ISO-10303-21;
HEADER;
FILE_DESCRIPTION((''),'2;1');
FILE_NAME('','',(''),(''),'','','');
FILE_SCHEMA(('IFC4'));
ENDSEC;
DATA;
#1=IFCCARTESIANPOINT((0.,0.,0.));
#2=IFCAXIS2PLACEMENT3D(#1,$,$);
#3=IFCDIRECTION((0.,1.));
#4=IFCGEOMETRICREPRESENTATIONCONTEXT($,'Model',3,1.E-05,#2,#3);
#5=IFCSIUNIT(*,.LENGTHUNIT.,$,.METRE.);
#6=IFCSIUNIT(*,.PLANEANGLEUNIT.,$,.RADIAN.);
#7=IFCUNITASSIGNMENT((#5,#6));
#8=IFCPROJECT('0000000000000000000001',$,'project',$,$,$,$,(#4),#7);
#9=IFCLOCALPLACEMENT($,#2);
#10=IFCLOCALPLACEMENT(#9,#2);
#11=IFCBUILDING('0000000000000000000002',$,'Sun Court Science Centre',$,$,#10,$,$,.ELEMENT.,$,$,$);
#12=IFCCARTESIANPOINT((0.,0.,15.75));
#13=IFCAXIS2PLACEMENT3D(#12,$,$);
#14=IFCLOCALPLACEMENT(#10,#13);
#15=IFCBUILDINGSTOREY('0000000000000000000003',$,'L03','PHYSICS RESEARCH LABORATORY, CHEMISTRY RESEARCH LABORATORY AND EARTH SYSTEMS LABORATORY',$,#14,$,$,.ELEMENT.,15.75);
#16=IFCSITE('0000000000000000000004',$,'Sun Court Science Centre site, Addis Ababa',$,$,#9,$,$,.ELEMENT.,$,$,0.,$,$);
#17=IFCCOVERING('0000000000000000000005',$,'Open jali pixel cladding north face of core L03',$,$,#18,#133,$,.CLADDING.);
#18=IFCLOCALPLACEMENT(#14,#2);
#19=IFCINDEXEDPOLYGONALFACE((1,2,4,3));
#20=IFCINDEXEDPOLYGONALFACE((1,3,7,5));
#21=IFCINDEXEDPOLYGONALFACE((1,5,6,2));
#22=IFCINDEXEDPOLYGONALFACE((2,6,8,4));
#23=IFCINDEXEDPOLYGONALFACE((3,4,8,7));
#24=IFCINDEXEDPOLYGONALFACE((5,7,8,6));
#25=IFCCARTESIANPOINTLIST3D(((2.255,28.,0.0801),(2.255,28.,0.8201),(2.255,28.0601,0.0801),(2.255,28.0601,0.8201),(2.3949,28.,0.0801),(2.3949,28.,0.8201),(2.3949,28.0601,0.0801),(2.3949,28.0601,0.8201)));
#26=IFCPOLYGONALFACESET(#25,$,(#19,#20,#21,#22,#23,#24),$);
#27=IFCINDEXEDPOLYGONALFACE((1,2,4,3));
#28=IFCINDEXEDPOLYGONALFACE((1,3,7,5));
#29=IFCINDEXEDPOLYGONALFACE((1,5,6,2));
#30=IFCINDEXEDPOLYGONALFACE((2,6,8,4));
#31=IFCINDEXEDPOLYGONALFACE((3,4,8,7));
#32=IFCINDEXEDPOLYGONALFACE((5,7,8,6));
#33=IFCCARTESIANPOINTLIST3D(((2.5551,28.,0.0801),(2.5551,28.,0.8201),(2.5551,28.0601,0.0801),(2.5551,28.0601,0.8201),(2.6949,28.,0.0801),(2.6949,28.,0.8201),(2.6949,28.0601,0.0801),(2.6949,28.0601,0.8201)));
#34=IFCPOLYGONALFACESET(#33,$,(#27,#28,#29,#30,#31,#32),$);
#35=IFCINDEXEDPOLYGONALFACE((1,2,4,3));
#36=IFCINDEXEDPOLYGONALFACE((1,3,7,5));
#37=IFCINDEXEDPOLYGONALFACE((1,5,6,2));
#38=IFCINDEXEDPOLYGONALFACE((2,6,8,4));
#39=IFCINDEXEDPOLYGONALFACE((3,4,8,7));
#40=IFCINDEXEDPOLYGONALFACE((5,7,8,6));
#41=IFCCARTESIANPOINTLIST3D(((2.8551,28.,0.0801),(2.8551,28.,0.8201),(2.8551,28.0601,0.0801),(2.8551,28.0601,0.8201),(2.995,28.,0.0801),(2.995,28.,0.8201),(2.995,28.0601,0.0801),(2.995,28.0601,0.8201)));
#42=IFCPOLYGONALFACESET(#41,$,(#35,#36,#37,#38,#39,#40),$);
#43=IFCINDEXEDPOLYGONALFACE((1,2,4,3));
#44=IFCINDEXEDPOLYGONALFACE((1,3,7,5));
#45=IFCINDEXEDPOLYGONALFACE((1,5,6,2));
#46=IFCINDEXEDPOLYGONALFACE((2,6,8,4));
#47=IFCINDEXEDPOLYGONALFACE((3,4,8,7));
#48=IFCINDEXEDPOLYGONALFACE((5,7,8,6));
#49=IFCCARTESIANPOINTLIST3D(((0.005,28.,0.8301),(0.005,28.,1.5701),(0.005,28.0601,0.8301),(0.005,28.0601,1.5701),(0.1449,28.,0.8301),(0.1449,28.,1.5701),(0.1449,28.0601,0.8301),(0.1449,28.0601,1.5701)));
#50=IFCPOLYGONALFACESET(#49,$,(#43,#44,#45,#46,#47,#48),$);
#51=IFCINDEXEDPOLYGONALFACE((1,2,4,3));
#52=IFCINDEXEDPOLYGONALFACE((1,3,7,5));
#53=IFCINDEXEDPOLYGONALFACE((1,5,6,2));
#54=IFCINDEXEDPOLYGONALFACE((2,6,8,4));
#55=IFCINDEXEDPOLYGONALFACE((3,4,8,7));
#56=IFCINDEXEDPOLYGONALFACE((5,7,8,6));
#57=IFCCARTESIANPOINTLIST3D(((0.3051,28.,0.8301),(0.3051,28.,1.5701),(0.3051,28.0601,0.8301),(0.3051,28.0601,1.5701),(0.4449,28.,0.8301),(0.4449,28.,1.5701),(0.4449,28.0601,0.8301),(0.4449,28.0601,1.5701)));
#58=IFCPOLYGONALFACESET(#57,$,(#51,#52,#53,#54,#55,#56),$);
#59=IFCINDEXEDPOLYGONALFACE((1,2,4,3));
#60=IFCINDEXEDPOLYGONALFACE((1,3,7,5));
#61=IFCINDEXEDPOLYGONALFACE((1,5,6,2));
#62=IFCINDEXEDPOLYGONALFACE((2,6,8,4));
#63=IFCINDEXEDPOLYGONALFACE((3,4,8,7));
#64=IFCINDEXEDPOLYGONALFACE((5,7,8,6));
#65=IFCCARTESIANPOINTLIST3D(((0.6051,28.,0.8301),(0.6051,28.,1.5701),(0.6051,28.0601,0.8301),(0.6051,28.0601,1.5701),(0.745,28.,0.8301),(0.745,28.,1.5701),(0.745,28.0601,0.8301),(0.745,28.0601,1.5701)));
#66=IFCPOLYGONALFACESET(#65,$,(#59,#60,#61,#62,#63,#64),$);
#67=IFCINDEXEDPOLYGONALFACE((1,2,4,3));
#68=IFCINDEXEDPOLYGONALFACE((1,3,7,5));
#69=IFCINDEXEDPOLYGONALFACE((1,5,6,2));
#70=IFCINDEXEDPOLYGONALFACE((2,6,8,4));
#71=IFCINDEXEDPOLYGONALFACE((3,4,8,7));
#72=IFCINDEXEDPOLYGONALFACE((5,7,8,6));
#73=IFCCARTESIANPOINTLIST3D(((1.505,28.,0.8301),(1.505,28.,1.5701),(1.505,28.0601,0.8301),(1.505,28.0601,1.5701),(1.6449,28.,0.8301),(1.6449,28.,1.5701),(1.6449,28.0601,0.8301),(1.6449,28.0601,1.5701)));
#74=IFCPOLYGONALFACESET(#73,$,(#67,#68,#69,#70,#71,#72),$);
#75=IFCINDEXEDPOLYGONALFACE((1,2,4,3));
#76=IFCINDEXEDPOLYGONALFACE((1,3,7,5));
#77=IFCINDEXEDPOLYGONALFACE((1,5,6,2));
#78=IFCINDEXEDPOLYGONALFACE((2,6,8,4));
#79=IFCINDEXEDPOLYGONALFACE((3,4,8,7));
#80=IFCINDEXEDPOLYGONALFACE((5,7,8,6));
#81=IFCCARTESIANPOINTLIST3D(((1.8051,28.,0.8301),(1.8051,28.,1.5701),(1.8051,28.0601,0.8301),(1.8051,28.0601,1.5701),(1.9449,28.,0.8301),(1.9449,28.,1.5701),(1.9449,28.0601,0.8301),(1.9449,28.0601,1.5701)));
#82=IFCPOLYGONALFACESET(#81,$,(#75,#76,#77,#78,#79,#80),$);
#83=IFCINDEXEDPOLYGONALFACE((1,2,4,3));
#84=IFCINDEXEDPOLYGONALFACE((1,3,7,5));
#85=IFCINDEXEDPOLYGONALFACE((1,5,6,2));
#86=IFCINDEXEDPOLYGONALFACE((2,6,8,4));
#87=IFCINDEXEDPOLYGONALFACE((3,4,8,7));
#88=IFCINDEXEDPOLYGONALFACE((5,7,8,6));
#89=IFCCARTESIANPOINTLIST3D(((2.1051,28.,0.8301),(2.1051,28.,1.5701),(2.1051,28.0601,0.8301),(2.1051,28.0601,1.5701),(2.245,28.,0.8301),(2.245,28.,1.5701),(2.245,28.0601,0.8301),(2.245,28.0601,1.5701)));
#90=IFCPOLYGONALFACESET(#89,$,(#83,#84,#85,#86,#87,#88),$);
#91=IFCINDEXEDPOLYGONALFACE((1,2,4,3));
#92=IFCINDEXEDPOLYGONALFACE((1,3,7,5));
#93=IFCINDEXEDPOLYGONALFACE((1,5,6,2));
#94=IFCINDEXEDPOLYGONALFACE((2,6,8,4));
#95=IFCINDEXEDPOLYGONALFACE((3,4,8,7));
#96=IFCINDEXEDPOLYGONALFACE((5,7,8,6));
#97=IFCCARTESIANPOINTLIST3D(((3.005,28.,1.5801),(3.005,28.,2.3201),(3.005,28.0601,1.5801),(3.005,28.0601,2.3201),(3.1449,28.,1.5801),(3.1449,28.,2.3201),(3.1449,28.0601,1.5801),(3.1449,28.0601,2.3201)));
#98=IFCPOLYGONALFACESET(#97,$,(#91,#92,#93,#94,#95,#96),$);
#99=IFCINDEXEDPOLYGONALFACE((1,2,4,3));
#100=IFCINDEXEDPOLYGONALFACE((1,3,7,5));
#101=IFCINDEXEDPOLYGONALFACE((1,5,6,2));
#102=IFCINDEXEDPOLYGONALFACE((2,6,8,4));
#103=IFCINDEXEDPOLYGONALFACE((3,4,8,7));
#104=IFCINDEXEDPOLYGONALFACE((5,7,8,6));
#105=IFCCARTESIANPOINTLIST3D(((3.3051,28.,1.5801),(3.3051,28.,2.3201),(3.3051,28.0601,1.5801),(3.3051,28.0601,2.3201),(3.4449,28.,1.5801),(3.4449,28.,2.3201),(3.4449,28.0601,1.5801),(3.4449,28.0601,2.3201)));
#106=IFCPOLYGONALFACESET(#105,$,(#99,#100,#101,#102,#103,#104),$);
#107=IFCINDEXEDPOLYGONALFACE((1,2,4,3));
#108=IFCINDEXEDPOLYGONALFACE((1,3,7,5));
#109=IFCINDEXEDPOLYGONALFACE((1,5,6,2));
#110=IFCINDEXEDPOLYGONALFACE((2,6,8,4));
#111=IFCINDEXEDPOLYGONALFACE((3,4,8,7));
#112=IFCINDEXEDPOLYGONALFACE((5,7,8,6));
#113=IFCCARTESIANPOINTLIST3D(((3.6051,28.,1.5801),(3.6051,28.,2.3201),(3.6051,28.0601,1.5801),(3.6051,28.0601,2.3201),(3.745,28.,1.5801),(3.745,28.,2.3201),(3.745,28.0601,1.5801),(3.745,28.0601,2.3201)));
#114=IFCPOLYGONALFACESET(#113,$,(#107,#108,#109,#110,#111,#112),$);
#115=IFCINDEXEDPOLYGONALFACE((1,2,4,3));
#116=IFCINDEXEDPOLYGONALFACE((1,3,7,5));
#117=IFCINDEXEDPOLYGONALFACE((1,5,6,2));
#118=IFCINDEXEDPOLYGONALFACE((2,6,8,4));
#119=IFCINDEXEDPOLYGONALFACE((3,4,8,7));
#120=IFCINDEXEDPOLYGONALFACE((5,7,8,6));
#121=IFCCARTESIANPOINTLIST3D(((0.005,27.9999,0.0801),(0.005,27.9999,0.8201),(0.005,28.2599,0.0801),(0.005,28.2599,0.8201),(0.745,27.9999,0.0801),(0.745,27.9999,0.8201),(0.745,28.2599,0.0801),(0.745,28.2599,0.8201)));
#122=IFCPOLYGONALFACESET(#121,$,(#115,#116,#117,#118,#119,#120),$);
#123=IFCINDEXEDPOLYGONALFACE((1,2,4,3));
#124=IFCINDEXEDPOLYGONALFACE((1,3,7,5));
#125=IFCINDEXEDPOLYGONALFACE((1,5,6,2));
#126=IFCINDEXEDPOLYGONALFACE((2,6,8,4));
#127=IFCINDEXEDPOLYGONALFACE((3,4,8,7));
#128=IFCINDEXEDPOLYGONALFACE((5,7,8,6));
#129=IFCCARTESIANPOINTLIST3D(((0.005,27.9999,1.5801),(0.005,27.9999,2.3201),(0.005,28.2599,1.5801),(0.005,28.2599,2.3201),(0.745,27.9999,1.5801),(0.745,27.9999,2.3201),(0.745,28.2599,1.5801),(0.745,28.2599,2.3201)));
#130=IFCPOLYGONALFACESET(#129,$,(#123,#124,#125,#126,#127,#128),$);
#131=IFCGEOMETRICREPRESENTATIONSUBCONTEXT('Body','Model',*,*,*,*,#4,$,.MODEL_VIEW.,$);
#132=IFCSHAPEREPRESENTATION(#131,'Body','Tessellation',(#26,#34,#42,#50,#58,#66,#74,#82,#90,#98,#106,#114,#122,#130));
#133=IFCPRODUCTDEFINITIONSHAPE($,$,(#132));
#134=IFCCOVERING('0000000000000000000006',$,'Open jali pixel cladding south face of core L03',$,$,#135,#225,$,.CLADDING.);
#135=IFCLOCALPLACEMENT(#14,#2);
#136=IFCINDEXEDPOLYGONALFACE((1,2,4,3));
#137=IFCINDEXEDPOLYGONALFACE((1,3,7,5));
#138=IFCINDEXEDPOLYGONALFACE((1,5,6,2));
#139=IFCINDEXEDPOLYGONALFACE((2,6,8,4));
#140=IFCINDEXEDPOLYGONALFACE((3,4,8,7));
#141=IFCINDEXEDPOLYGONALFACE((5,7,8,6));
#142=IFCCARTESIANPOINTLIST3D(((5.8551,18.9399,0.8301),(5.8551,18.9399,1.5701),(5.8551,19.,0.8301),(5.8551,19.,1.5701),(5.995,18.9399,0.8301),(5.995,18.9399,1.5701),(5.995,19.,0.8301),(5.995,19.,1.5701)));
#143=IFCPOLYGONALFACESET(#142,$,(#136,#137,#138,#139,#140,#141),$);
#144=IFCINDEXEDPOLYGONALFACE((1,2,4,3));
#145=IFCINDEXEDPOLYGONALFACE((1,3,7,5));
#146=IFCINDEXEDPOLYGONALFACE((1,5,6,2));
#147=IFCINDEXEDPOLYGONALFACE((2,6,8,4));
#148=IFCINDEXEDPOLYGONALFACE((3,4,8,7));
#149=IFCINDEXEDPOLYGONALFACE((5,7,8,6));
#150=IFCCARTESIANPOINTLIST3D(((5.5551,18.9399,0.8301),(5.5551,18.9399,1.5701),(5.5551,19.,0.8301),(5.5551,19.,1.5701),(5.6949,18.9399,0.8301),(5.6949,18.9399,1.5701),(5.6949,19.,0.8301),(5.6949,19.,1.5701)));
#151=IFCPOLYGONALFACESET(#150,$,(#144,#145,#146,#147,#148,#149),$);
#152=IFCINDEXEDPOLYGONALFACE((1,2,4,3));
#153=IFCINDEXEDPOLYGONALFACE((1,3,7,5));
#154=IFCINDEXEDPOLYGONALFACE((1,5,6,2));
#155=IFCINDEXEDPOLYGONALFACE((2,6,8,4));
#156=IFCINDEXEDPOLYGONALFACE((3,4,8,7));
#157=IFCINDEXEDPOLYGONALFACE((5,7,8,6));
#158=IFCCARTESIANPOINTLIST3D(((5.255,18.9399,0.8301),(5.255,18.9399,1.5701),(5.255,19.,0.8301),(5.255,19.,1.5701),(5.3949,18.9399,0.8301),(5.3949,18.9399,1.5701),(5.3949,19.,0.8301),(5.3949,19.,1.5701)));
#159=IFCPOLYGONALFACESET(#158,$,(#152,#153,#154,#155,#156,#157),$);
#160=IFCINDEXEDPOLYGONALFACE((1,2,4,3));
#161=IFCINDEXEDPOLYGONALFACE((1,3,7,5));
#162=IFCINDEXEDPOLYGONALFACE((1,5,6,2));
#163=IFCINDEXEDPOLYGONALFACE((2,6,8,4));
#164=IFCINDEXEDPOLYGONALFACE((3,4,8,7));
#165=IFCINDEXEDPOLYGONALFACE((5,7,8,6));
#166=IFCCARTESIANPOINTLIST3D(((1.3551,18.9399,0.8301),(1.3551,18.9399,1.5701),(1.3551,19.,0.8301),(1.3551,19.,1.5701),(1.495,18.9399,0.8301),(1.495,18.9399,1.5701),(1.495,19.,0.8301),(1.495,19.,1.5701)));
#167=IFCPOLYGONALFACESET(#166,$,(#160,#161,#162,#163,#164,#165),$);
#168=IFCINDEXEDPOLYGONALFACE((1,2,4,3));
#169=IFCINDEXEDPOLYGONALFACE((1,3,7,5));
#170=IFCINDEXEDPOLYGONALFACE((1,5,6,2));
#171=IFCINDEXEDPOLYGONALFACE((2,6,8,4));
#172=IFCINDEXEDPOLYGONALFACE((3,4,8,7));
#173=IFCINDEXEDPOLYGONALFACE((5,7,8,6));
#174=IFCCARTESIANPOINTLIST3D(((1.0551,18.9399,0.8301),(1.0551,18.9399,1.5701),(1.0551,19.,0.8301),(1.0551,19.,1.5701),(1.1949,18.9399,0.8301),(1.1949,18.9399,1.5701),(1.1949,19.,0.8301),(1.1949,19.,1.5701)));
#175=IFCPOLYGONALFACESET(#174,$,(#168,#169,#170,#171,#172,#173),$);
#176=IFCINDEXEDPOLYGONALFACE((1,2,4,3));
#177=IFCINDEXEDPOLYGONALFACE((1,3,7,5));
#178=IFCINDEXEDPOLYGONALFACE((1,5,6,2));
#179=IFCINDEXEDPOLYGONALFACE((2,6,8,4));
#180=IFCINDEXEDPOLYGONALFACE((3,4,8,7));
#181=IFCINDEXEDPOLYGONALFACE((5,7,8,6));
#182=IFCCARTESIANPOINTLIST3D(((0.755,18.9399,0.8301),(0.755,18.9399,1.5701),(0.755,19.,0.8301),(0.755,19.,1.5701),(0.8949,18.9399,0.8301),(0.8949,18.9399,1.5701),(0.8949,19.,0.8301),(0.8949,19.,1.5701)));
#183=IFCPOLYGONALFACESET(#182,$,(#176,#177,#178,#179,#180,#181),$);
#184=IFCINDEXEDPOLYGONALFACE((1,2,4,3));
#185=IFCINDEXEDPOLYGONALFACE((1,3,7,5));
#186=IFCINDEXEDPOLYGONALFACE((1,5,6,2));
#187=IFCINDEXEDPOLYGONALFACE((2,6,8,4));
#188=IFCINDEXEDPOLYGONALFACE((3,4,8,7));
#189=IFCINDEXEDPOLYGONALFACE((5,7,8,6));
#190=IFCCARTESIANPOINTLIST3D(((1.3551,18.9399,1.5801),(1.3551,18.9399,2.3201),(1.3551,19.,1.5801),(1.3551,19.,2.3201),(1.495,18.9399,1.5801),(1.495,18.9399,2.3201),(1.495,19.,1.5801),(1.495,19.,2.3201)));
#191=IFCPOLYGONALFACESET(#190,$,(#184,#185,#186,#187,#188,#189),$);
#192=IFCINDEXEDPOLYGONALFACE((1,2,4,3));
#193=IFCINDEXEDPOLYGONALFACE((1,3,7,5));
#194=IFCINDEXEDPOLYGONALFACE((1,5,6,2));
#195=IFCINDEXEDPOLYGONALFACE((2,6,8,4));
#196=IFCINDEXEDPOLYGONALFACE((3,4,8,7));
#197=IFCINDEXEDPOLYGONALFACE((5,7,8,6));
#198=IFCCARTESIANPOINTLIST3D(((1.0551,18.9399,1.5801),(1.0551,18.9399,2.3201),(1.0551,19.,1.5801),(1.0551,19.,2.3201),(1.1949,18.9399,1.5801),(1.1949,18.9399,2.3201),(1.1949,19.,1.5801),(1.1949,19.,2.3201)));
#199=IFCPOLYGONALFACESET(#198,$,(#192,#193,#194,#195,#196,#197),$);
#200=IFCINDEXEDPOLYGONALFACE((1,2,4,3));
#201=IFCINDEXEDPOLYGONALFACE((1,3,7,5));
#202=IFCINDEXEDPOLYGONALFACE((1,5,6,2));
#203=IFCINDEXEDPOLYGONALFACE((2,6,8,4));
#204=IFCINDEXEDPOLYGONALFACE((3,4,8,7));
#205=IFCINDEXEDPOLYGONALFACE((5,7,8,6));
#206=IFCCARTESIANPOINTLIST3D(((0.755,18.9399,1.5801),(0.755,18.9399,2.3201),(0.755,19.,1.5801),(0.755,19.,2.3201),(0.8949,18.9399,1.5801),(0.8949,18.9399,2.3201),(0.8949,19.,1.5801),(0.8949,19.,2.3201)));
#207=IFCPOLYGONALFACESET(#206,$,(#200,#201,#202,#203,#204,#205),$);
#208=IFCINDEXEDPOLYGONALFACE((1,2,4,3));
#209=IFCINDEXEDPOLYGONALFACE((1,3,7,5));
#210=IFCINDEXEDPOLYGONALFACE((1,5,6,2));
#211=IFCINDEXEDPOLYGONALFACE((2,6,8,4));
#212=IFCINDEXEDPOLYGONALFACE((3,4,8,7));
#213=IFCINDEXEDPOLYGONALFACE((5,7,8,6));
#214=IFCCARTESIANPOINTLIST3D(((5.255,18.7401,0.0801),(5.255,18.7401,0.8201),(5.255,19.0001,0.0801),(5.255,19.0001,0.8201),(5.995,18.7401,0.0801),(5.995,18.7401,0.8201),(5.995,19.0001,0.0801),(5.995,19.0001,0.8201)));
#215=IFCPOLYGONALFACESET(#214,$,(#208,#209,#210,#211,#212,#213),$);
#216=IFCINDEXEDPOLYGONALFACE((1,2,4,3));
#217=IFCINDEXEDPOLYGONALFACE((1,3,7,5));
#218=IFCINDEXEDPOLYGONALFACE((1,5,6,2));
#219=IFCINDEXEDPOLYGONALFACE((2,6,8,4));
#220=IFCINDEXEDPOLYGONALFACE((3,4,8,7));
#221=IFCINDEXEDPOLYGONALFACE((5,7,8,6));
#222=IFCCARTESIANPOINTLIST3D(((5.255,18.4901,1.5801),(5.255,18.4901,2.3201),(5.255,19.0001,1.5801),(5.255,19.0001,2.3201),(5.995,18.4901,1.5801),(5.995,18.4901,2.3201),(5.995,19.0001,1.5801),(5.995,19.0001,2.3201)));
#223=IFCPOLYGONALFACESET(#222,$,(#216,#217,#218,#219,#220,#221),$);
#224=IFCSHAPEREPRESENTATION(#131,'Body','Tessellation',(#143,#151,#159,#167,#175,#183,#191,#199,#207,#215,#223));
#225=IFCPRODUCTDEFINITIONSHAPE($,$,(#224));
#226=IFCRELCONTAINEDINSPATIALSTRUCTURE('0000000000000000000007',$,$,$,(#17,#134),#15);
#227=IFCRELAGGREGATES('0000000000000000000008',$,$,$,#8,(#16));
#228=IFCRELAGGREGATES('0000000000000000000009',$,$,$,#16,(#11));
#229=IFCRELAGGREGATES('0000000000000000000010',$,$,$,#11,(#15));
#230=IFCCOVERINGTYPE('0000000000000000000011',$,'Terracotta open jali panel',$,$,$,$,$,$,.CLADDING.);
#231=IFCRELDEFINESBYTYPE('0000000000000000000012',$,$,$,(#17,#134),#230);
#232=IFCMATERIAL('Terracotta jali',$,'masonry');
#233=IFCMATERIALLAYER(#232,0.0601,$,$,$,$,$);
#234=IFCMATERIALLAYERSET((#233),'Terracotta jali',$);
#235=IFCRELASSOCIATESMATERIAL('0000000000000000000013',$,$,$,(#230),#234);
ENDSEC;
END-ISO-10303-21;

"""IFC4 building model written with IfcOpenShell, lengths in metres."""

from ifc_helpers import new_model, si_unit, direction, frame, origin, origin_2d, place, context, subcontext, project, spatial, rectangle, extrude, material, layer, layer_set, type_object, element, save


model = new_model("IFC4")

# Units and contexts
model_context = context("Model", 3, precision=1e-05, world=origin(), true_north=direction((0.0, 1.0)))
body_context = subcontext(model_context, "Body", "Model", "MODEL_VIEW")
ifc_project = project(units=[si_unit("LENGTHUNIT", "METRE"), si_unit("PLANEANGLEUNIT", "RADIAN")], contexts=[model_context])

# Site, building, storey
site_placement = place(None, origin())
site = spatial("IfcSite", under=ifc_project, at=site_placement, Name="Sun Court Science Centre site, Addis Ababa", CompositionType="ELEMENT", RefElevation=0.0)
building_placement = place(site_placement, origin())
building = spatial("IfcBuilding", under=site, at=building_placement, Name="Sun Court Science Centre", CompositionType="ELEMENT")
storey_placement = place(building_placement, frame((0.0, 0.0, 15.75)))
storey = spatial("IfcBuildingStorey", under=building, at=storey_placement, Name="L03", Description="PHYSICS RESEARCH LABORATORY, CHEMISTRY RESEARCH LABORATORY AND EARTH SYSTEMS LABORATORY", CompositionType="ELEMENT", Elevation=15.75)

# Coverings
ifc_material_1 = material(Name="Terracotta jali", Category="masonry")
ifc_layer_1 = layer(ifc_material_1, 0.0601)
ifc_layer_set_1 = layer_set([ifc_layer_1], Name="Terracotta jali")
covering_type_1 = type_object("IfcCoveringType", Name="Terracotta open jali panel", PredefinedType="CLADDING", material=ifc_layer_set_1)
covering_1_placement = place(storey_placement, frame((0.0, 0.0, -15.75)))
element("IfcCovering", 1, at=covering_1_placement, inside=storey, type_object=covering_type_1, Name="Open jali pixel cladding north face of core L03", PredefinedType="CLADDING", context=body_context, shape_type="SweptSolid", body=[
    extrude(rectangle(XDim=0.1399, YDim=0.0601, at=origin_2d()), frame((2.325, 28.03, 15.8301), z_axis=(0.0, 0.0, 1.0), x_axis=(1.0, 0.0, 0.0)), (0.0, 0.0, 1.0), 0.74),
    extrude(rectangle(XDim=0.1399, YDim=0.0601, at=origin_2d()), frame((2.625, 28.03, 15.8301), z_axis=(0.0, 0.0, 1.0), x_axis=(1.0, 0.0, 0.0)), (0.0, 0.0, 1.0), 0.74),
    extrude(rectangle(XDim=0.1399, YDim=0.0601, at=origin_2d()), frame((2.925, 28.03, 15.8301), z_axis=(0.0, 0.0, 1.0), x_axis=(1.0, 0.0, 0.0)), (0.0, 0.0, 1.0), 0.74),
    extrude(rectangle(XDim=0.1399, YDim=0.0601, at=origin_2d()), frame((0.075, 28.03, 16.5801), z_axis=(0.0, 0.0, 1.0), x_axis=(1.0, 0.0, 0.0)), (0.0, 0.0, 1.0), 0.74),
    extrude(rectangle(XDim=0.1399, YDim=0.0601, at=origin_2d()), frame((0.375, 28.03, 16.5801), z_axis=(0.0, 0.0, 1.0), x_axis=(1.0, 0.0, 0.0)), (0.0, 0.0, 1.0), 0.74),
    extrude(rectangle(XDim=0.1399, YDim=0.0601, at=origin_2d()), frame((0.675, 28.03, 16.5801), z_axis=(0.0, 0.0, 1.0), x_axis=(1.0, 0.0, 0.0)), (0.0, 0.0, 1.0), 0.74),
    extrude(rectangle(XDim=0.1399, YDim=0.0601, at=origin_2d()), frame((1.575, 28.03, 16.5801), z_axis=(0.0, 0.0, 1.0), x_axis=(1.0, 0.0, 0.0)), (0.0, 0.0, 1.0), 0.74),
    extrude(rectangle(XDim=0.1399, YDim=0.0601, at=origin_2d()), frame((1.875, 28.03, 16.5801), z_axis=(0.0, 0.0, 1.0), x_axis=(1.0, 0.0, 0.0)), (0.0, 0.0, 1.0), 0.74),
    extrude(rectangle(XDim=0.1399, YDim=0.0601, at=origin_2d()), frame((2.175, 28.03, 16.5801), z_axis=(0.0, 0.0, 1.0), x_axis=(1.0, 0.0, 0.0)), (0.0, 0.0, 1.0), 0.74),
    extrude(rectangle(XDim=0.1399, YDim=0.0601, at=origin_2d()), frame((3.075, 28.03, 17.3301), z_axis=(0.0, 0.0, 1.0), x_axis=(1.0, 0.0, 0.0)), (0.0, 0.0, 1.0), 0.74),
    extrude(rectangle(XDim=0.1399, YDim=0.0601, at=origin_2d()), frame((3.375, 28.03, 17.3301), z_axis=(0.0, 0.0, 1.0), x_axis=(1.0, 0.0, 0.0)), (0.0, 0.0, 1.0), 0.74),
    extrude(rectangle(XDim=0.1399, YDim=0.0601, at=origin_2d()), frame((3.675, 28.03, 17.3301), z_axis=(0.0, 0.0, 1.0), x_axis=(1.0, 0.0, 0.0)), (0.0, 0.0, 1.0), 0.74),
    extrude(rectangle(XDim=0.74, YDim=0.26, at=origin_2d()), frame((0.375, 28.1299, 15.8301), z_axis=(0.0, 0.0, 1.0), x_axis=(1.0, 0.0, 0.0)), (0.0, 0.0, 1.0), 0.74),
    extrude(rectangle(XDim=0.74, YDim=0.26, at=origin_2d()), frame((0.375, 28.1299, 17.3301), z_axis=(0.0, 0.0, 1.0), x_axis=(1.0, 0.0, 0.0)), (0.0, 0.0, 1.0), 0.74),
])
covering_2_placement = place(storey_placement, frame((0.0, 0.0, -15.75)))
element("IfcCovering", 2, at=covering_2_placement, inside=storey, type_object=covering_type_1, Name="Open jali pixel cladding south face of core L03", PredefinedType="CLADDING", context=body_context, shape_type="SweptSolid", body=[
    extrude(rectangle(XDim=0.1399, YDim=0.0601, at=origin_2d()), frame((5.925, 18.97, 16.5801), z_axis=(0.0, 0.0, 1.0), x_axis=(-1.0, 0.0, 0.0)), (0.0, 0.0, 1.0), 0.74),
    extrude(rectangle(XDim=0.1399, YDim=0.0601, at=origin_2d()), frame((5.625, 18.97, 16.5801), z_axis=(0.0, 0.0, 1.0), x_axis=(-1.0, 0.0, 0.0)), (0.0, 0.0, 1.0), 0.74),
    extrude(rectangle(XDim=0.1399, YDim=0.0601, at=origin_2d()), frame((5.325, 18.97, 16.5801), z_axis=(0.0, 0.0, 1.0), x_axis=(-1.0, 0.0, 0.0)), (0.0, 0.0, 1.0), 0.74),
    extrude(rectangle(XDim=0.1399, YDim=0.0601, at=origin_2d()), frame((1.425, 18.97, 16.5801), z_axis=(0.0, 0.0, 1.0), x_axis=(-1.0, 0.0, 0.0)), (0.0, 0.0, 1.0), 0.74),
    extrude(rectangle(XDim=0.1399, YDim=0.0601, at=origin_2d()), frame((1.125, 18.97, 16.5801), z_axis=(0.0, 0.0, 1.0), x_axis=(-1.0, 0.0, 0.0)), (0.0, 0.0, 1.0), 0.74),
    extrude(rectangle(XDim=0.1399, YDim=0.0601, at=origin_2d()), frame((0.825, 18.97, 16.5801), z_axis=(0.0, 0.0, 1.0), x_axis=(-1.0, 0.0, 0.0)), (0.0, 0.0, 1.0), 0.74),
    extrude(rectangle(XDim=0.1399, YDim=0.0601, at=origin_2d()), frame((1.425, 18.97, 17.3301), z_axis=(0.0, 0.0, 1.0), x_axis=(-1.0, 0.0, 0.0)), (0.0, 0.0, 1.0), 0.74),
    extrude(rectangle(XDim=0.1399, YDim=0.0601, at=origin_2d()), frame((1.125, 18.97, 17.3301), z_axis=(0.0, 0.0, 1.0), x_axis=(-1.0, 0.0, 0.0)), (0.0, 0.0, 1.0), 0.74),
    extrude(rectangle(XDim=0.1399, YDim=0.0601, at=origin_2d()), frame((0.825, 18.97, 17.3301), z_axis=(0.0, 0.0, 1.0), x_axis=(-1.0, 0.0, 0.0)), (0.0, 0.0, 1.0), 0.74),
    extrude(rectangle(XDim=0.74, YDim=0.26, at=origin_2d()), frame((5.625, 18.8701, 15.8301), z_axis=(0.0, 0.0, 1.0), x_axis=(-1.0, 0.0, 0.0)), (0.0, 0.0, 1.0), 0.74),
    extrude(rectangle(XDim=0.74, YDim=0.51, at=origin_2d()), frame((5.625, 18.7451, 17.3301), z_axis=(0.0, 0.0, 1.0), x_axis=(-1.0, 0.0, 0.0)), (0.0, 0.0, 1.0), 0.74),
])

save(model, "model.ifc")
